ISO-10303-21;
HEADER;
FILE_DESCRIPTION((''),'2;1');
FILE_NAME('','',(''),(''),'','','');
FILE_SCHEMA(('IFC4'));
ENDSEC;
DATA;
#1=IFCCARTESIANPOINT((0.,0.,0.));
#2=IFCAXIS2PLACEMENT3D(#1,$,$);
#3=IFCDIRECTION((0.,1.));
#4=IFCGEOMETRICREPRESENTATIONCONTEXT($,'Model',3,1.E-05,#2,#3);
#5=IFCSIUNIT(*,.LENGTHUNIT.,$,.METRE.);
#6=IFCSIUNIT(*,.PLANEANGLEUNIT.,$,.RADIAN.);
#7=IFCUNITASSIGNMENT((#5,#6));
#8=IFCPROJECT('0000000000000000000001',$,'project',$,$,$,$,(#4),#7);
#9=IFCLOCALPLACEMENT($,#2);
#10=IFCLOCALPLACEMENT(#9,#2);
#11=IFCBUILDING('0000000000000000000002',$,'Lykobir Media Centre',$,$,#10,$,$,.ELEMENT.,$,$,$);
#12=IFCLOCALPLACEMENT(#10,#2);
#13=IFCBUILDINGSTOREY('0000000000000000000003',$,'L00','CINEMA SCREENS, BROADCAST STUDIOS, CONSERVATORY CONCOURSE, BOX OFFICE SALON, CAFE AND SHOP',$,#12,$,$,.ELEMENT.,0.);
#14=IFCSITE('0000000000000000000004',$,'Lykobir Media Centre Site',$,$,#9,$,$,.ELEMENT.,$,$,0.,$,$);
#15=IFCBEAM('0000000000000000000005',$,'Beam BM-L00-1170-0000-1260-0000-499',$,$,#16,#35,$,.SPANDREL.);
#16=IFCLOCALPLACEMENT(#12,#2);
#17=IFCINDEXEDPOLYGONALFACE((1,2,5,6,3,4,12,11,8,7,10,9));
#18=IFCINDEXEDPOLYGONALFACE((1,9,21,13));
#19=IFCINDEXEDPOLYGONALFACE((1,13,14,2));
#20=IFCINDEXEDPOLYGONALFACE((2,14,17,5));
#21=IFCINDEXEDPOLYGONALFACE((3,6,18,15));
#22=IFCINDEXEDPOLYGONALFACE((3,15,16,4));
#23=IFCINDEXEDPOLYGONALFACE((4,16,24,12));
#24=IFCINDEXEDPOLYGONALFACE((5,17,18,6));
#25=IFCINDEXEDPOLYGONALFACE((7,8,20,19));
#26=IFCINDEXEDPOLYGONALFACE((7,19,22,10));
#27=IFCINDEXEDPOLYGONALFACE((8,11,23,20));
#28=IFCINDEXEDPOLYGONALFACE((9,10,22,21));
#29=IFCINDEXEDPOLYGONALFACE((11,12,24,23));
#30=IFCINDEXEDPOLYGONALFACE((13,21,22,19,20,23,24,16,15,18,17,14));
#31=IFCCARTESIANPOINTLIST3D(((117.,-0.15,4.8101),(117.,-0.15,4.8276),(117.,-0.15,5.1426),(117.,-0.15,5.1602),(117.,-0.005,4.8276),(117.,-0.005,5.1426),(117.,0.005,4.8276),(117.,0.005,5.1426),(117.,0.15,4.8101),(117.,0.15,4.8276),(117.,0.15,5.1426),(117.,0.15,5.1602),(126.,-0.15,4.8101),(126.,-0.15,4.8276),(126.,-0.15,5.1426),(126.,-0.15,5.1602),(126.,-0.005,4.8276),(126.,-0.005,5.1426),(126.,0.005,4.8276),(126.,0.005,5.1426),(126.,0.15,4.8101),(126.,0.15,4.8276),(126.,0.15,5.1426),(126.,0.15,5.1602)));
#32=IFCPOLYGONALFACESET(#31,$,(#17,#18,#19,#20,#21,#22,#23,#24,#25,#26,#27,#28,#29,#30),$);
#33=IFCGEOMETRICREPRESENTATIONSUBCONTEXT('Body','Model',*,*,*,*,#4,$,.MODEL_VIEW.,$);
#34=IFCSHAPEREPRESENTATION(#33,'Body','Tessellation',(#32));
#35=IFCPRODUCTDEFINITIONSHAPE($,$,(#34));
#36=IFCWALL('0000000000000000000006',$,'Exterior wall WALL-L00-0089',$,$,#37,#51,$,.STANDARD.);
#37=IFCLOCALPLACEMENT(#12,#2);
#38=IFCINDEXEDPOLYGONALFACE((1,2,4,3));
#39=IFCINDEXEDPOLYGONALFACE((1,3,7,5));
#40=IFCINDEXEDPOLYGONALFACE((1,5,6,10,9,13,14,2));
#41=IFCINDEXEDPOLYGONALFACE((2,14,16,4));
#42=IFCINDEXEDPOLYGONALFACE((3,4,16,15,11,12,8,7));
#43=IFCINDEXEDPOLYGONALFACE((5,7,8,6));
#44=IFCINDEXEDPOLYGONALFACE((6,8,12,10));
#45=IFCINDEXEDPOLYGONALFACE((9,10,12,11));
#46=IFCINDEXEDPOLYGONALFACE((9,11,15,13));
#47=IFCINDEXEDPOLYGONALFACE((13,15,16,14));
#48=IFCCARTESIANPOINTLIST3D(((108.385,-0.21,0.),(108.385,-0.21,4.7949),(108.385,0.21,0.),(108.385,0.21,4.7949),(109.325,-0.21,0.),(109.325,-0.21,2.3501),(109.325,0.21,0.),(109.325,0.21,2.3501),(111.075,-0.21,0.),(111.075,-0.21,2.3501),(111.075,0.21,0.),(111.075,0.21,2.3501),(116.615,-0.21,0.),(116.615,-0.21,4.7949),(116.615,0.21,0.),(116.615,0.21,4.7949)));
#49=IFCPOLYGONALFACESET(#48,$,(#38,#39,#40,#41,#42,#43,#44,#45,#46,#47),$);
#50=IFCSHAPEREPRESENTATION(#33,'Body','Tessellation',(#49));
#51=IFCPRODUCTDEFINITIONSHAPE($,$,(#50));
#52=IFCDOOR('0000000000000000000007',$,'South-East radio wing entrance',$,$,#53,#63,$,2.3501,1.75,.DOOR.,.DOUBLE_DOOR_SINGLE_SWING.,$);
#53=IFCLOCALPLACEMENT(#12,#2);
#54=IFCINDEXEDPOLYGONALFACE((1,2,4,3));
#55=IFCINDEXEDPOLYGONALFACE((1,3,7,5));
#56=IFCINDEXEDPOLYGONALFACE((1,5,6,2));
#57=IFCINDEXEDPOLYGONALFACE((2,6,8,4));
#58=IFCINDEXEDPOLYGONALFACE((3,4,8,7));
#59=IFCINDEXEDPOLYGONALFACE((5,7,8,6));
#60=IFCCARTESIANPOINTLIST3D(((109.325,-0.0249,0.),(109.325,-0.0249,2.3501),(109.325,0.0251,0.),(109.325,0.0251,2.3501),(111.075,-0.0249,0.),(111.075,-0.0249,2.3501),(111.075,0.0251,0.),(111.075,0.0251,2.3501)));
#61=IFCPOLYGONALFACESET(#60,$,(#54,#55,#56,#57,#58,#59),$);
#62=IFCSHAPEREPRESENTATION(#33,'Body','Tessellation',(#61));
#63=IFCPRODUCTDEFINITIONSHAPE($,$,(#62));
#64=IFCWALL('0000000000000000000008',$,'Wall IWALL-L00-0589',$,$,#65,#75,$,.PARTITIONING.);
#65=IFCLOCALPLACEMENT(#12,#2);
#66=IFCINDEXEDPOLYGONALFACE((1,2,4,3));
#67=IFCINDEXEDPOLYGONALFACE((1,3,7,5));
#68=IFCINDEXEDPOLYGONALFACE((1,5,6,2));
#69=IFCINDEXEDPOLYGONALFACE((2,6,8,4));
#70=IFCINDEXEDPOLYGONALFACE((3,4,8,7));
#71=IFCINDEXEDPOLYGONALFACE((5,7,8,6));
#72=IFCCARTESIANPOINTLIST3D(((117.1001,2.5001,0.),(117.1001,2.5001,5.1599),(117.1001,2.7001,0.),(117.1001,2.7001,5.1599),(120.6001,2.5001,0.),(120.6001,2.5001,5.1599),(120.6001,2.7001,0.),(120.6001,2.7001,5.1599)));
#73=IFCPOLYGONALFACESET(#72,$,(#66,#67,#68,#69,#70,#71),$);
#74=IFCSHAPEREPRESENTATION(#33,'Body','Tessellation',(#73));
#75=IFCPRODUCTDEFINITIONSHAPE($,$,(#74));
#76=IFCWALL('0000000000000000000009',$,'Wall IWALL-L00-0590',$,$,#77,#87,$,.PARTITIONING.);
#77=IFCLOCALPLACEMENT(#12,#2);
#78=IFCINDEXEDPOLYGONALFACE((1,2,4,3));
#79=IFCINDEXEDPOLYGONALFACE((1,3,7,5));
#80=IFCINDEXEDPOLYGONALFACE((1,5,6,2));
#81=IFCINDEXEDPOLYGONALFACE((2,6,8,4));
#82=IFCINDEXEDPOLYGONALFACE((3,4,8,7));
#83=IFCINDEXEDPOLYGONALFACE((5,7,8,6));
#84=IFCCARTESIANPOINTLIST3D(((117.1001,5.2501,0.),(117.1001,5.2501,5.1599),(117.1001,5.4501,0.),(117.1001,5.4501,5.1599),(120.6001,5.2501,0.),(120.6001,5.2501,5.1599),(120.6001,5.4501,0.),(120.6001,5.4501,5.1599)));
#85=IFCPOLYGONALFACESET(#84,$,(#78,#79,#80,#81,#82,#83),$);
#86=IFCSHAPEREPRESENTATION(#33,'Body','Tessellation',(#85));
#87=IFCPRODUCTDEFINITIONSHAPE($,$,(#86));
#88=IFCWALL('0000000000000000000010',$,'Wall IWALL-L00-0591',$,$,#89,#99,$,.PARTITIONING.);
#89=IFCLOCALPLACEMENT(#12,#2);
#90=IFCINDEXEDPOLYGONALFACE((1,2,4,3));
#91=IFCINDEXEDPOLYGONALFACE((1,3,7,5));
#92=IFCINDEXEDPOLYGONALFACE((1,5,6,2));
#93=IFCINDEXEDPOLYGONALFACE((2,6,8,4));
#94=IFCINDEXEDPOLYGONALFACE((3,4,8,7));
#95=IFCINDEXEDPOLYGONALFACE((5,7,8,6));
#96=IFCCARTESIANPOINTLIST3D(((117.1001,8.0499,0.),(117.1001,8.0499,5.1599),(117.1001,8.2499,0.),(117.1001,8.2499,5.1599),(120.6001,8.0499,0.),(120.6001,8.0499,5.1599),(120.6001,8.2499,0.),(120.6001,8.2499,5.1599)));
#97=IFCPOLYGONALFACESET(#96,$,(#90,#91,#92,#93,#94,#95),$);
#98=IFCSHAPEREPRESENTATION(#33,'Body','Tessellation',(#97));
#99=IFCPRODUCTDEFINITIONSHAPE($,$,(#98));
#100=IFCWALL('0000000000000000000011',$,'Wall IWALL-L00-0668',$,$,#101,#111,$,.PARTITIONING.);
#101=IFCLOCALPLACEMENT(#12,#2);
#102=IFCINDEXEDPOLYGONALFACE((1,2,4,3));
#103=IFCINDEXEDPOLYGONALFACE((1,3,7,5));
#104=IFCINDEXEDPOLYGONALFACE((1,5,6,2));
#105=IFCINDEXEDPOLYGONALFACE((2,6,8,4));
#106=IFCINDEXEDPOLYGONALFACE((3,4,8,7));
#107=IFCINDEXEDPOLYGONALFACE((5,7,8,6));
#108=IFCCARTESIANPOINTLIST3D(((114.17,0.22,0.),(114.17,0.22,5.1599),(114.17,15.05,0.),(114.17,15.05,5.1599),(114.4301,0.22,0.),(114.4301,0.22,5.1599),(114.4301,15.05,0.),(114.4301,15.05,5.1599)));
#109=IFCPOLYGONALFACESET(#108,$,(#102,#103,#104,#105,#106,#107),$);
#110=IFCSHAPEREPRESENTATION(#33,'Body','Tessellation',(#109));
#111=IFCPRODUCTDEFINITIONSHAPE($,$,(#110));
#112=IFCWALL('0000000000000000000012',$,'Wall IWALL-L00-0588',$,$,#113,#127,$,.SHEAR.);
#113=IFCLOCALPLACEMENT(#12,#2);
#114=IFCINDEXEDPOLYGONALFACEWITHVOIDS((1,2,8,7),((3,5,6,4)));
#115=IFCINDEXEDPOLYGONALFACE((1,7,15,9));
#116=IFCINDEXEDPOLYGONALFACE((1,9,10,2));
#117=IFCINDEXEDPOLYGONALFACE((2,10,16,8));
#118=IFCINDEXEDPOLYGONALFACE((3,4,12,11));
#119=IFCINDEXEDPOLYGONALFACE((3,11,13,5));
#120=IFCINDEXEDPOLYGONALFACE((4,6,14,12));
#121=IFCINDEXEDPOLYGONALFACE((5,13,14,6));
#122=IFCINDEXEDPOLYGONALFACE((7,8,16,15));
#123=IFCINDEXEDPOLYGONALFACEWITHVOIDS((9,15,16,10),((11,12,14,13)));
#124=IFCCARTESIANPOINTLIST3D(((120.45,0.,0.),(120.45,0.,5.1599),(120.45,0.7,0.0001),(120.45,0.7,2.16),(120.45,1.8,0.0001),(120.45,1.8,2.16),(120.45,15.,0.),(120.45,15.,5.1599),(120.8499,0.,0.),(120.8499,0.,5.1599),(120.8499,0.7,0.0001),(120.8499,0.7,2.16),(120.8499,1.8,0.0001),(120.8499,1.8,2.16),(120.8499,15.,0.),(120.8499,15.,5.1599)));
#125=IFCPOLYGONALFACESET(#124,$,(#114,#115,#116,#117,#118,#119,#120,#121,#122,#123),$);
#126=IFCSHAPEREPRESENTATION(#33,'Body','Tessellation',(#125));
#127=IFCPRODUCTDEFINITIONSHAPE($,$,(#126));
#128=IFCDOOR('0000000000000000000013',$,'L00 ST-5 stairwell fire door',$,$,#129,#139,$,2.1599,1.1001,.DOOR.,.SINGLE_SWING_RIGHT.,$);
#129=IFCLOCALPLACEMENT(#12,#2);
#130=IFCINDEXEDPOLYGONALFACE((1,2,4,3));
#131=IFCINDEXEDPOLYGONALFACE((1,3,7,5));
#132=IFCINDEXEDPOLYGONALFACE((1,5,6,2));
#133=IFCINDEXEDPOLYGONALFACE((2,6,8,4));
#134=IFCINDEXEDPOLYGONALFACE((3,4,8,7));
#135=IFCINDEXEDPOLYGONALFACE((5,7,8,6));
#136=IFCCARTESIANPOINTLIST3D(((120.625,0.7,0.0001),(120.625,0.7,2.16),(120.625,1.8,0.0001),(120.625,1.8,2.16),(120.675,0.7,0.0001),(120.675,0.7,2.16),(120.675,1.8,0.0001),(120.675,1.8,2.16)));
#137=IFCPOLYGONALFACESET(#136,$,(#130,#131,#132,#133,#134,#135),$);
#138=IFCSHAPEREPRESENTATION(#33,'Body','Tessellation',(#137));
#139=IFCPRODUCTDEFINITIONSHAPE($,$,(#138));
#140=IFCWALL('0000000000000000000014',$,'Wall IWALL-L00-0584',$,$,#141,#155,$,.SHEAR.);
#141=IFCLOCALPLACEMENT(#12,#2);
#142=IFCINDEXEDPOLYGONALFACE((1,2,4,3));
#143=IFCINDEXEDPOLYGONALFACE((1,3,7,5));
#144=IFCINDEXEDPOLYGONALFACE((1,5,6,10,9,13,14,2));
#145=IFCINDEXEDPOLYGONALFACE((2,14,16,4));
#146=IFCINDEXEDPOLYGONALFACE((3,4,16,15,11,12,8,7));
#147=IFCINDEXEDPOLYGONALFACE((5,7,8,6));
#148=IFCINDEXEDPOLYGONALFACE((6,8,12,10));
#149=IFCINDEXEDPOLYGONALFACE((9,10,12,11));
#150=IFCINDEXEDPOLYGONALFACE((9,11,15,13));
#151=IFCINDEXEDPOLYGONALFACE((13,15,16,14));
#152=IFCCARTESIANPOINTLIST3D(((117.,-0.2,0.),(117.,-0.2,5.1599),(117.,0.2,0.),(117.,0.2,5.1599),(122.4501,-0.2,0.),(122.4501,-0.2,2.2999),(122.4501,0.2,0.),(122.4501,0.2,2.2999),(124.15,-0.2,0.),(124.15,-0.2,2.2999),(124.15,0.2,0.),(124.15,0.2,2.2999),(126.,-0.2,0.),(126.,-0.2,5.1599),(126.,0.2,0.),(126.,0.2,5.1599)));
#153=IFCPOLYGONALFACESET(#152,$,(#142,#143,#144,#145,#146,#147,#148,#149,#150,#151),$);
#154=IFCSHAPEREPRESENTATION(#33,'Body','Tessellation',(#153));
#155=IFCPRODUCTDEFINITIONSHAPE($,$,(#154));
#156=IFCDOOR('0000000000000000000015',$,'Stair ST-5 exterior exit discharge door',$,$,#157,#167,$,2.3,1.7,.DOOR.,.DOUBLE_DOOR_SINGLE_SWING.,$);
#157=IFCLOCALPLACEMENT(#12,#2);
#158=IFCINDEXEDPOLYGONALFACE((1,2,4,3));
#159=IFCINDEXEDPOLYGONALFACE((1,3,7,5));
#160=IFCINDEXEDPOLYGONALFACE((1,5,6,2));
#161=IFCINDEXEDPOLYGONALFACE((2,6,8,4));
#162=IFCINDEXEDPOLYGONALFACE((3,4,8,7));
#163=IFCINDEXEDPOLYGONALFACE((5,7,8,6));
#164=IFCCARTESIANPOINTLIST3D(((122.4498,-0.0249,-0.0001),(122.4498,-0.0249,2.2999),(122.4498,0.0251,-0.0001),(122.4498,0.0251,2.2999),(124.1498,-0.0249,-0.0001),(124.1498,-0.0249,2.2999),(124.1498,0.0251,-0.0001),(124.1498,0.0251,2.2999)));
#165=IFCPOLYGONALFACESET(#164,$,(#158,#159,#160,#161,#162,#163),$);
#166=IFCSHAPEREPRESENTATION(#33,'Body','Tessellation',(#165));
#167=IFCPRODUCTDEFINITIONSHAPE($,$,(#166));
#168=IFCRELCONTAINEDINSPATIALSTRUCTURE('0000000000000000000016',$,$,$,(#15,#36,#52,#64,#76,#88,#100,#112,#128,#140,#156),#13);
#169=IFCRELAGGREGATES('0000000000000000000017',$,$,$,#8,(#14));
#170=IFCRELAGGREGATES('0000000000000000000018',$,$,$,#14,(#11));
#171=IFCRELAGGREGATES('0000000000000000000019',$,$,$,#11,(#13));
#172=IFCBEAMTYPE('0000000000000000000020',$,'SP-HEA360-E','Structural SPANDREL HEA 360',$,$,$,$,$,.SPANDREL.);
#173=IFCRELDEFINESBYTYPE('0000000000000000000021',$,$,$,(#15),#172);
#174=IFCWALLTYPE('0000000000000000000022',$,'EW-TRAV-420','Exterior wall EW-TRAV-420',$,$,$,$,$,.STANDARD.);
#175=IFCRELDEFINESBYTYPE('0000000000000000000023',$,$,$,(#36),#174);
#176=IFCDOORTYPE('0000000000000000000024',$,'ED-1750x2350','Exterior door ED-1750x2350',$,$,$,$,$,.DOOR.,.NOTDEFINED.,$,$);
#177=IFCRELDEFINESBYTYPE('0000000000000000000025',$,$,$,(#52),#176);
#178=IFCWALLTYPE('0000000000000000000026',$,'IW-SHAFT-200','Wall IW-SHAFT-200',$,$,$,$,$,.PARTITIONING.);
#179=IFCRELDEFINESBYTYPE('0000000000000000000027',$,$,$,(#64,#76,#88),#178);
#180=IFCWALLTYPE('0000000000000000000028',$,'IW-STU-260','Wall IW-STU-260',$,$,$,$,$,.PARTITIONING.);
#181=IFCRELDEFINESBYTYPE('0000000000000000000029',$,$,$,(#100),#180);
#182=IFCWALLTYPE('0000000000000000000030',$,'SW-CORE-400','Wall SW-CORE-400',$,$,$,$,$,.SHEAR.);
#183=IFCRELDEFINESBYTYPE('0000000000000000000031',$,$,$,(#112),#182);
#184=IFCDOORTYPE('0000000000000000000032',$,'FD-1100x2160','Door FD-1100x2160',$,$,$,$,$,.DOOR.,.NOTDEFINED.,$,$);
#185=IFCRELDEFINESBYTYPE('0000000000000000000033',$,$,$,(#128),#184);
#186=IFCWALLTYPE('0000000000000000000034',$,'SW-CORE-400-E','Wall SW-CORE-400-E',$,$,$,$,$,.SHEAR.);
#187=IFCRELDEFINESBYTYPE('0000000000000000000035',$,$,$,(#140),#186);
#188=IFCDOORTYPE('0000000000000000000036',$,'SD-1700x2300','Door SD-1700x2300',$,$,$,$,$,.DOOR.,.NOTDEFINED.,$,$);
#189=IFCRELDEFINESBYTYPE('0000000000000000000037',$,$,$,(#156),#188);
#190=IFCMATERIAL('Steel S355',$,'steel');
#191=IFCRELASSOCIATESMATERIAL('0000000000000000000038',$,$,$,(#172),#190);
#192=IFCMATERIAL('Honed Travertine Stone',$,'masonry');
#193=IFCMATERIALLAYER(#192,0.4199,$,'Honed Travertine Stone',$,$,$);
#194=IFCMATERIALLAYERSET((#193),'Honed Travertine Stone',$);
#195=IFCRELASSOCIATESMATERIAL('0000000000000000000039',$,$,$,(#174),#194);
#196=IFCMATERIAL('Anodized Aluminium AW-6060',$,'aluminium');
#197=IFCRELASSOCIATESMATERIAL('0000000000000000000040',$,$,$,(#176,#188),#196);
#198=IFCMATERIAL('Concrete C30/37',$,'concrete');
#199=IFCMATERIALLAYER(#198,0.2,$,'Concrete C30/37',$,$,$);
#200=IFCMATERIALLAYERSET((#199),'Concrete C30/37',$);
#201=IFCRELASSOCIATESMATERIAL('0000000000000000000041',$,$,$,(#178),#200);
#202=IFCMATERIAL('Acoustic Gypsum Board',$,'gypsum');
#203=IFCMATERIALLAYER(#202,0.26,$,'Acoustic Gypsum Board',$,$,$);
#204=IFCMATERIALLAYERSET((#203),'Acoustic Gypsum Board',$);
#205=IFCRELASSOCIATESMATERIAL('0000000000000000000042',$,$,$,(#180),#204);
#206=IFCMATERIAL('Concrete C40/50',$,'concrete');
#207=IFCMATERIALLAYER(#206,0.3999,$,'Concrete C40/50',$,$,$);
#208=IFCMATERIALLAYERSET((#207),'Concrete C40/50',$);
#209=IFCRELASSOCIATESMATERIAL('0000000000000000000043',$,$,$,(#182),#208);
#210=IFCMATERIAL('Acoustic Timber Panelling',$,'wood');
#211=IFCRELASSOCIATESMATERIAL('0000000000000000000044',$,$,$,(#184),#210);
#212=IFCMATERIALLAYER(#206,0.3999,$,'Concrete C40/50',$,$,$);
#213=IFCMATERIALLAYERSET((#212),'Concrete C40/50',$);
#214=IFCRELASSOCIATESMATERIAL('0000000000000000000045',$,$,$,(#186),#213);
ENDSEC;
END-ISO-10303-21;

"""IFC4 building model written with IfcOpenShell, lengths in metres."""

from ifc_helpers import new_model, si_unit, direction, frame, frame_2d, origin, origin_2d, place, context, subcontext, project, spatial, rectangle, i_section, extrude, material, layer, layer_set, material_profile, profile_set, type_object, element, fill, save


model = new_model("IFC4")

# Units and contexts
model_context = context("Model", 3, precision=1e-05, world=origin(), true_north=direction((0.0, 1.0)))
body_context = subcontext(model_context, "Body", "Model", "MODEL_VIEW")
ifc_project = project(units=[si_unit("LENGTHUNIT", "METRE"), si_unit("PLANEANGLEUNIT", "RADIAN")], contexts=[model_context])

# Site, building, storey
site_placement = place(None, origin())
site = spatial("IfcSite", under=ifc_project, at=site_placement, Name="Lykobir Media Centre Site", CompositionType="ELEMENT", RefElevation=0.0)
building_placement = place(site_placement, origin())
building = spatial("IfcBuilding", under=site, at=building_placement, Name="Lykobir Media Centre", CompositionType="ELEMENT")
storey_placement = place(building_placement, origin())
storey = spatial("IfcBuildingStorey", under=building, at=storey_placement, Name="L00", Description="CINEMA SCREENS, BROADCAST STUDIOS, CONSERVATORY CONCOURSE, BOX OFFICE SALON, CAFE AND SHOP", CompositionType="ELEMENT", Elevation=0.0)

# Shared definitions
ifc_material_1 = material(Name="Honed Travertine Stone", Category="masonry")
ifc_material_2 = material(Name="Concrete C40/50", Category="concrete")

# Beam
ifc_material_3 = material(Name="Steel S355", Category="steel")
ifc_material_profile_1 = material_profile(ifc_material_3, i_section(OverallWidth=0.3, OverallDepth=0.3501, WebThickness=0.01, FlangeThickness=0.0176, at=origin_2d()), Name="HEA 360")
ifc_profile_set_1 = profile_set([ifc_material_profile_1], Name="Steel S355")
beam_type_1 = type_object("IfcBeamType", Name="SP-HEA360-E", Description="Structural SPANDREL HEA 360", PredefinedType="SPANDREL", material=ifc_profile_set_1)
beam_placement = place(storey_placement, frame((117.0, 0.0, 4.9851), z_axis=(1.0, 0.0, 0.0), x_axis=(0.0, 1.0, 0.0)))
element("IfcBeam", 1, at=beam_placement, inside=storey, type_object=beam_type_1, Name="Beam BM-L00-1170-0000-1260-0000-499", PredefinedType="SPANDREL", context=body_context, shape_type="SweptSolid", body=[
    extrude(i_section(OverallWidth=0.3, OverallDepth=0.3501, WebThickness=0.01, FlangeThickness=0.0176, at=origin_2d()), origin(), (0.0, 0.0, 1.0), 9.0),
])

# Wall, opening, door
ifc_layer_1 = layer(ifc_material_1, 0.4199, Name="Honed Travertine Stone")
ifc_layer_set_1 = layer_set([ifc_layer_1], Name="Honed Travertine Stone")
wall_type_1 = type_object("IfcWallType", Name="EW-TRAV-420", Description="Exterior wall EW-TRAV-420", PredefinedType="STANDARD", material=ifc_layer_set_1)
wall_1_placement = place(storey_placement, frame((108.385, 0.0, 0.0), z_axis=(0.0, 0.0, 1.0), x_axis=(1.0, 0.0, 0.0)))
wall_1 = element("IfcWall", 2, at=wall_1_placement, inside=storey, type_object=wall_type_1, Name="Exterior wall WALL-L00-0089", PredefinedType="STANDARD", context=body_context, shape_type="SweptSolid", body=[
    extrude(rectangle(XDim=8.23, YDim=0.4199, at=frame_2d((4.115, 0.0))), origin(), (0.0, 0.0, 1.0), 4.7949),
])
opening_1_placement = place(wall_1_placement, frame((0.9399, 0.0, 0.0)))
opening_1 = element("IfcOpeningElement", 3, at=opening_1_placement, cuts=wall_1, PredefinedType="OPENING", context=body_context, shape_type="SweptSolid", body=[
    extrude(rectangle(XDim=1.75, YDim=2.3501, at=frame_2d((0.875, 1.175))), frame((0.0, 0.22, 0.0), z_axis=(0.0, -1.0, 0.0), x_axis=(1.0, 0.0, 0.0)), (0.0, 0.0, 1.0), 0.4399),
])
ifc_material_4 = material(Name="Anodized Aluminium AW-6060", Category="aluminium")
door_type_1 = type_object("IfcDoorType", Name="ED-1750x2350", Description="Exterior door ED-1750x2350", OperationType="NOTDEFINED", PredefinedType="DOOR", material=ifc_material_4)
door_1_placement = place(opening_1_placement, frame((1.75, 0.0, 0.0), z_axis=(0.0, 0.0, 1.0), x_axis=(-1.0, 0.0, 0.0)))
door_1 = element("IfcDoor", 4, at=door_1_placement, inside=storey, type_object=door_type_1, Name="South-East radio wing entrance", OperationType="DOUBLE_DOOR_SINGLE_SWING", OverallHeight=2.3501, OverallWidth=1.75, PredefinedType="DOOR", context=body_context, shape_type="SweptSolid", body=[
    extrude(rectangle(XDim=1.75, YDim=2.3501, at=frame_2d((0.875, 1.175))), frame((0.0, 0.0249, 0.0), z_axis=(0.0, -1.0, 0.0), x_axis=(1.0, 0.0, 0.0)), (0.0, 0.0, 1.0), 0.05),
])
fill(opening_1, door_1)

# Walls
ifc_material_5 = material(Name="Concrete C30/37", Category="concrete")
ifc_layer_2 = layer(ifc_material_5, 0.2, Name="Concrete C30/37")
ifc_layer_set_2 = layer_set([ifc_layer_2], Name="Concrete C30/37")
wall_type_2 = type_object("IfcWallType", Name="IW-SHAFT-200", Description="Wall IW-SHAFT-200", PredefinedType="PARTITIONING", material=ifc_layer_set_2)
for number, where, z_axis, x_axis, name in (
    (5, (117.1001, 2.6001, 0.0), (0.0, 0.0, 1.0), (1.0, 0.0, 0.0), "Wall IWALL-L00-0589"),
    (6, (117.1001, 5.3501, 0.0), (0.0, 0.0, 1.0), (1.0, 0.0, 0.0), "Wall IWALL-L00-0590"),
    (7, (117.1001, 8.1499, 0.0), (0.0, 0.0, 1.0), (1.0, 0.0, 0.0), "Wall IWALL-L00-0591"),
):
    element("IfcWall", number, at=place(storey_placement, frame(where, z_axis=z_axis, x_axis=x_axis)), inside=storey, type_object=wall_type_2, Name=name, PredefinedType="PARTITIONING", context=body_context, shape_type="SweptSolid", body=[
        extrude(rectangle(XDim=3.5, YDim=0.2, at=frame_2d((1.75, 0.0))), origin(), (0.0, 0.0, 1.0), 5.1599),
    ])
ifc_material_6 = material(Name="Acoustic Gypsum Board", Category="gypsum")
ifc_layer_3 = layer(ifc_material_6, 0.26, Name="Acoustic Gypsum Board")
ifc_layer_set_3 = layer_set([ifc_layer_3], Name="Acoustic Gypsum Board")
wall_type_3 = type_object("IfcWallType", Name="IW-STU-260", Description="Wall IW-STU-260", PredefinedType="PARTITIONING", material=ifc_layer_set_3)
wall_2_placement = place(storey_placement, frame((114.3, 0.22, 0.0), z_axis=(0.0, 0.0, 1.0), x_axis=(0.0, 1.0, 0.0)))
element("IfcWall", 8, at=wall_2_placement, inside=storey, type_object=wall_type_3, Name="Wall IWALL-L00-0668", PredefinedType="PARTITIONING", context=body_context, shape_type="SweptSolid", body=[
    extrude(rectangle(XDim=14.8301, YDim=0.26, at=frame_2d((7.415, 0.0))), origin(), (0.0, 0.0, 1.0), 5.1599),
])

# Walls, openings, doors
ifc_layer_4 = layer(ifc_material_2, 0.3999, Name="Concrete C40/50")
ifc_layer_set_4 = layer_set([ifc_layer_4], Name="Concrete C40/50")
wall_type_4 = type_object("IfcWallType", Name="SW-CORE-400", Description="Wall SW-CORE-400", PredefinedType="SHEAR", material=ifc_layer_set_4)
wall_3_placement = place(storey_placement, frame((120.6499, 0.0, 0.0), z_axis=(0.0, 0.0, 1.0), x_axis=(0.0, 1.0, 0.0)))
wall_3 = element("IfcWall", 9, at=wall_3_placement, inside=storey, type_object=wall_type_4, Name="Wall IWALL-L00-0588", PredefinedType="SHEAR", context=body_context, shape_type="SweptSolid", body=[
    extrude(rectangle(XDim=15.0, YDim=0.3999, at=frame_2d((7.5, 0.0))), origin(), (0.0, 0.0, 1.0), 5.1599),
])
opening_2_placement = place(wall_3_placement, frame((0.7, 0.0, 0.0)))
opening_2 = element("IfcOpeningElement", 10, at=opening_2_placement, cuts=wall_3, PredefinedType="OPENING", context=body_context, shape_type="SweptSolid", body=[
    extrude(rectangle(XDim=1.1001, YDim=2.1599, at=frame_2d((0.55, 1.0801))), frame((0.0, 0.21, 0.0), z_axis=(0.0, -1.0, 0.0), x_axis=(1.0, 0.0, 0.0)), (0.0, 0.0, 1.0), 0.4199),
])
ifc_material_7 = material(Name="Acoustic Timber Panelling", Category="wood")
door_type_2 = type_object("IfcDoorType", Name="FD-1100x2160", Description="Door FD-1100x2160", OperationType="NOTDEFINED", PredefinedType="DOOR", material=ifc_material_7)
door_2_placement = place(opening_2_placement, origin())
door_2 = element("IfcDoor", 11, at=door_2_placement, inside=storey, type_object=door_type_2, Name="L00 ST-5 stairwell fire door", OperationType="SINGLE_SWING_RIGHT", OverallHeight=2.1599, OverallWidth=1.1001, PredefinedType="DOOR", context=body_context, shape_type="SweptSolid", body=[
    extrude(rectangle(XDim=1.1001, YDim=2.1599, at=frame_2d((0.55, 1.0801))), frame((0.0, 0.0249, 0.0), z_axis=(0.0, -1.0, 0.0), x_axis=(1.0, 0.0, 0.0)), (0.0, 0.0, 1.0), 0.05),
])
fill(opening_2, door_2)
ifc_layer_5 = layer(ifc_material_2, 0.3999, Name="Concrete C40/50")
ifc_layer_set_5 = layer_set([ifc_layer_5], Name="Concrete C40/50")
wall_type_5 = type_object("IfcWallType", Name="SW-CORE-400-E", Description="Wall SW-CORE-400-E", PredefinedType="SHEAR", material=ifc_layer_set_5)
wall_4_placement = place(storey_placement, frame((117.0, 0.0, 0.0), z_axis=(0.0, 0.0, 1.0), x_axis=(1.0, 0.0, 0.0)))
wall_4 = element("IfcWall", 12, at=wall_4_placement, inside=storey, type_object=wall_type_5, Name="Wall IWALL-L00-0584", PredefinedType="SHEAR", context=body_context, shape_type="SweptSolid", body=[
    extrude(rectangle(XDim=9.0, YDim=0.3999, at=frame_2d((4.5, 0.0))), origin(), (0.0, 0.0, 1.0), 5.1599),
])
opening_3_placement = place(wall_4_placement, frame((5.45, 0.0, 0.0)))
opening_3 = element("IfcOpeningElement", 13, at=opening_3_placement, cuts=wall_4, PredefinedType="OPENING", context=body_context, shape_type="SweptSolid", body=[
    extrude(rectangle(XDim=1.7, YDim=2.3, at=frame_2d((0.8501, 1.1499))), frame((0.0, 0.21, 0.0), z_axis=(0.0, -1.0, 0.0), x_axis=(1.0, 0.0, 0.0)), (0.0, 0.0, 1.0), 0.4199),
])
door_type_3 = type_object("IfcDoorType", Name="SD-1700x2300", Description="Door SD-1700x2300", OperationType="NOTDEFINED", PredefinedType="DOOR", material=ifc_material_4)
door_3_placement = place(opening_3_placement, frame((1.7, 0.0, 0.0), z_axis=(0.0, 0.0, 1.0), x_axis=(-1.0, 0.0, 0.0)))
door_3 = element("IfcDoor", 14, at=door_3_placement, inside=storey, type_object=door_type_3, Name="Stair ST-5 exterior exit discharge door", OperationType="DOUBLE_DOOR_SINGLE_SWING", OverallHeight=2.3, OverallWidth=1.7, PredefinedType="DOOR", context=body_context, shape_type="SweptSolid", body=[
    extrude(rectangle(XDim=1.7, YDim=2.3, at=frame_2d((0.8501, 1.1499))), frame((0.0, 0.0249, 0.0), z_axis=(0.0, -1.0, 0.0), x_axis=(1.0, 0.0, 0.0)), (0.0, 0.0, 1.0), 0.05),
])
fill(opening_3, door_3)

save(model, "model.ifc")
